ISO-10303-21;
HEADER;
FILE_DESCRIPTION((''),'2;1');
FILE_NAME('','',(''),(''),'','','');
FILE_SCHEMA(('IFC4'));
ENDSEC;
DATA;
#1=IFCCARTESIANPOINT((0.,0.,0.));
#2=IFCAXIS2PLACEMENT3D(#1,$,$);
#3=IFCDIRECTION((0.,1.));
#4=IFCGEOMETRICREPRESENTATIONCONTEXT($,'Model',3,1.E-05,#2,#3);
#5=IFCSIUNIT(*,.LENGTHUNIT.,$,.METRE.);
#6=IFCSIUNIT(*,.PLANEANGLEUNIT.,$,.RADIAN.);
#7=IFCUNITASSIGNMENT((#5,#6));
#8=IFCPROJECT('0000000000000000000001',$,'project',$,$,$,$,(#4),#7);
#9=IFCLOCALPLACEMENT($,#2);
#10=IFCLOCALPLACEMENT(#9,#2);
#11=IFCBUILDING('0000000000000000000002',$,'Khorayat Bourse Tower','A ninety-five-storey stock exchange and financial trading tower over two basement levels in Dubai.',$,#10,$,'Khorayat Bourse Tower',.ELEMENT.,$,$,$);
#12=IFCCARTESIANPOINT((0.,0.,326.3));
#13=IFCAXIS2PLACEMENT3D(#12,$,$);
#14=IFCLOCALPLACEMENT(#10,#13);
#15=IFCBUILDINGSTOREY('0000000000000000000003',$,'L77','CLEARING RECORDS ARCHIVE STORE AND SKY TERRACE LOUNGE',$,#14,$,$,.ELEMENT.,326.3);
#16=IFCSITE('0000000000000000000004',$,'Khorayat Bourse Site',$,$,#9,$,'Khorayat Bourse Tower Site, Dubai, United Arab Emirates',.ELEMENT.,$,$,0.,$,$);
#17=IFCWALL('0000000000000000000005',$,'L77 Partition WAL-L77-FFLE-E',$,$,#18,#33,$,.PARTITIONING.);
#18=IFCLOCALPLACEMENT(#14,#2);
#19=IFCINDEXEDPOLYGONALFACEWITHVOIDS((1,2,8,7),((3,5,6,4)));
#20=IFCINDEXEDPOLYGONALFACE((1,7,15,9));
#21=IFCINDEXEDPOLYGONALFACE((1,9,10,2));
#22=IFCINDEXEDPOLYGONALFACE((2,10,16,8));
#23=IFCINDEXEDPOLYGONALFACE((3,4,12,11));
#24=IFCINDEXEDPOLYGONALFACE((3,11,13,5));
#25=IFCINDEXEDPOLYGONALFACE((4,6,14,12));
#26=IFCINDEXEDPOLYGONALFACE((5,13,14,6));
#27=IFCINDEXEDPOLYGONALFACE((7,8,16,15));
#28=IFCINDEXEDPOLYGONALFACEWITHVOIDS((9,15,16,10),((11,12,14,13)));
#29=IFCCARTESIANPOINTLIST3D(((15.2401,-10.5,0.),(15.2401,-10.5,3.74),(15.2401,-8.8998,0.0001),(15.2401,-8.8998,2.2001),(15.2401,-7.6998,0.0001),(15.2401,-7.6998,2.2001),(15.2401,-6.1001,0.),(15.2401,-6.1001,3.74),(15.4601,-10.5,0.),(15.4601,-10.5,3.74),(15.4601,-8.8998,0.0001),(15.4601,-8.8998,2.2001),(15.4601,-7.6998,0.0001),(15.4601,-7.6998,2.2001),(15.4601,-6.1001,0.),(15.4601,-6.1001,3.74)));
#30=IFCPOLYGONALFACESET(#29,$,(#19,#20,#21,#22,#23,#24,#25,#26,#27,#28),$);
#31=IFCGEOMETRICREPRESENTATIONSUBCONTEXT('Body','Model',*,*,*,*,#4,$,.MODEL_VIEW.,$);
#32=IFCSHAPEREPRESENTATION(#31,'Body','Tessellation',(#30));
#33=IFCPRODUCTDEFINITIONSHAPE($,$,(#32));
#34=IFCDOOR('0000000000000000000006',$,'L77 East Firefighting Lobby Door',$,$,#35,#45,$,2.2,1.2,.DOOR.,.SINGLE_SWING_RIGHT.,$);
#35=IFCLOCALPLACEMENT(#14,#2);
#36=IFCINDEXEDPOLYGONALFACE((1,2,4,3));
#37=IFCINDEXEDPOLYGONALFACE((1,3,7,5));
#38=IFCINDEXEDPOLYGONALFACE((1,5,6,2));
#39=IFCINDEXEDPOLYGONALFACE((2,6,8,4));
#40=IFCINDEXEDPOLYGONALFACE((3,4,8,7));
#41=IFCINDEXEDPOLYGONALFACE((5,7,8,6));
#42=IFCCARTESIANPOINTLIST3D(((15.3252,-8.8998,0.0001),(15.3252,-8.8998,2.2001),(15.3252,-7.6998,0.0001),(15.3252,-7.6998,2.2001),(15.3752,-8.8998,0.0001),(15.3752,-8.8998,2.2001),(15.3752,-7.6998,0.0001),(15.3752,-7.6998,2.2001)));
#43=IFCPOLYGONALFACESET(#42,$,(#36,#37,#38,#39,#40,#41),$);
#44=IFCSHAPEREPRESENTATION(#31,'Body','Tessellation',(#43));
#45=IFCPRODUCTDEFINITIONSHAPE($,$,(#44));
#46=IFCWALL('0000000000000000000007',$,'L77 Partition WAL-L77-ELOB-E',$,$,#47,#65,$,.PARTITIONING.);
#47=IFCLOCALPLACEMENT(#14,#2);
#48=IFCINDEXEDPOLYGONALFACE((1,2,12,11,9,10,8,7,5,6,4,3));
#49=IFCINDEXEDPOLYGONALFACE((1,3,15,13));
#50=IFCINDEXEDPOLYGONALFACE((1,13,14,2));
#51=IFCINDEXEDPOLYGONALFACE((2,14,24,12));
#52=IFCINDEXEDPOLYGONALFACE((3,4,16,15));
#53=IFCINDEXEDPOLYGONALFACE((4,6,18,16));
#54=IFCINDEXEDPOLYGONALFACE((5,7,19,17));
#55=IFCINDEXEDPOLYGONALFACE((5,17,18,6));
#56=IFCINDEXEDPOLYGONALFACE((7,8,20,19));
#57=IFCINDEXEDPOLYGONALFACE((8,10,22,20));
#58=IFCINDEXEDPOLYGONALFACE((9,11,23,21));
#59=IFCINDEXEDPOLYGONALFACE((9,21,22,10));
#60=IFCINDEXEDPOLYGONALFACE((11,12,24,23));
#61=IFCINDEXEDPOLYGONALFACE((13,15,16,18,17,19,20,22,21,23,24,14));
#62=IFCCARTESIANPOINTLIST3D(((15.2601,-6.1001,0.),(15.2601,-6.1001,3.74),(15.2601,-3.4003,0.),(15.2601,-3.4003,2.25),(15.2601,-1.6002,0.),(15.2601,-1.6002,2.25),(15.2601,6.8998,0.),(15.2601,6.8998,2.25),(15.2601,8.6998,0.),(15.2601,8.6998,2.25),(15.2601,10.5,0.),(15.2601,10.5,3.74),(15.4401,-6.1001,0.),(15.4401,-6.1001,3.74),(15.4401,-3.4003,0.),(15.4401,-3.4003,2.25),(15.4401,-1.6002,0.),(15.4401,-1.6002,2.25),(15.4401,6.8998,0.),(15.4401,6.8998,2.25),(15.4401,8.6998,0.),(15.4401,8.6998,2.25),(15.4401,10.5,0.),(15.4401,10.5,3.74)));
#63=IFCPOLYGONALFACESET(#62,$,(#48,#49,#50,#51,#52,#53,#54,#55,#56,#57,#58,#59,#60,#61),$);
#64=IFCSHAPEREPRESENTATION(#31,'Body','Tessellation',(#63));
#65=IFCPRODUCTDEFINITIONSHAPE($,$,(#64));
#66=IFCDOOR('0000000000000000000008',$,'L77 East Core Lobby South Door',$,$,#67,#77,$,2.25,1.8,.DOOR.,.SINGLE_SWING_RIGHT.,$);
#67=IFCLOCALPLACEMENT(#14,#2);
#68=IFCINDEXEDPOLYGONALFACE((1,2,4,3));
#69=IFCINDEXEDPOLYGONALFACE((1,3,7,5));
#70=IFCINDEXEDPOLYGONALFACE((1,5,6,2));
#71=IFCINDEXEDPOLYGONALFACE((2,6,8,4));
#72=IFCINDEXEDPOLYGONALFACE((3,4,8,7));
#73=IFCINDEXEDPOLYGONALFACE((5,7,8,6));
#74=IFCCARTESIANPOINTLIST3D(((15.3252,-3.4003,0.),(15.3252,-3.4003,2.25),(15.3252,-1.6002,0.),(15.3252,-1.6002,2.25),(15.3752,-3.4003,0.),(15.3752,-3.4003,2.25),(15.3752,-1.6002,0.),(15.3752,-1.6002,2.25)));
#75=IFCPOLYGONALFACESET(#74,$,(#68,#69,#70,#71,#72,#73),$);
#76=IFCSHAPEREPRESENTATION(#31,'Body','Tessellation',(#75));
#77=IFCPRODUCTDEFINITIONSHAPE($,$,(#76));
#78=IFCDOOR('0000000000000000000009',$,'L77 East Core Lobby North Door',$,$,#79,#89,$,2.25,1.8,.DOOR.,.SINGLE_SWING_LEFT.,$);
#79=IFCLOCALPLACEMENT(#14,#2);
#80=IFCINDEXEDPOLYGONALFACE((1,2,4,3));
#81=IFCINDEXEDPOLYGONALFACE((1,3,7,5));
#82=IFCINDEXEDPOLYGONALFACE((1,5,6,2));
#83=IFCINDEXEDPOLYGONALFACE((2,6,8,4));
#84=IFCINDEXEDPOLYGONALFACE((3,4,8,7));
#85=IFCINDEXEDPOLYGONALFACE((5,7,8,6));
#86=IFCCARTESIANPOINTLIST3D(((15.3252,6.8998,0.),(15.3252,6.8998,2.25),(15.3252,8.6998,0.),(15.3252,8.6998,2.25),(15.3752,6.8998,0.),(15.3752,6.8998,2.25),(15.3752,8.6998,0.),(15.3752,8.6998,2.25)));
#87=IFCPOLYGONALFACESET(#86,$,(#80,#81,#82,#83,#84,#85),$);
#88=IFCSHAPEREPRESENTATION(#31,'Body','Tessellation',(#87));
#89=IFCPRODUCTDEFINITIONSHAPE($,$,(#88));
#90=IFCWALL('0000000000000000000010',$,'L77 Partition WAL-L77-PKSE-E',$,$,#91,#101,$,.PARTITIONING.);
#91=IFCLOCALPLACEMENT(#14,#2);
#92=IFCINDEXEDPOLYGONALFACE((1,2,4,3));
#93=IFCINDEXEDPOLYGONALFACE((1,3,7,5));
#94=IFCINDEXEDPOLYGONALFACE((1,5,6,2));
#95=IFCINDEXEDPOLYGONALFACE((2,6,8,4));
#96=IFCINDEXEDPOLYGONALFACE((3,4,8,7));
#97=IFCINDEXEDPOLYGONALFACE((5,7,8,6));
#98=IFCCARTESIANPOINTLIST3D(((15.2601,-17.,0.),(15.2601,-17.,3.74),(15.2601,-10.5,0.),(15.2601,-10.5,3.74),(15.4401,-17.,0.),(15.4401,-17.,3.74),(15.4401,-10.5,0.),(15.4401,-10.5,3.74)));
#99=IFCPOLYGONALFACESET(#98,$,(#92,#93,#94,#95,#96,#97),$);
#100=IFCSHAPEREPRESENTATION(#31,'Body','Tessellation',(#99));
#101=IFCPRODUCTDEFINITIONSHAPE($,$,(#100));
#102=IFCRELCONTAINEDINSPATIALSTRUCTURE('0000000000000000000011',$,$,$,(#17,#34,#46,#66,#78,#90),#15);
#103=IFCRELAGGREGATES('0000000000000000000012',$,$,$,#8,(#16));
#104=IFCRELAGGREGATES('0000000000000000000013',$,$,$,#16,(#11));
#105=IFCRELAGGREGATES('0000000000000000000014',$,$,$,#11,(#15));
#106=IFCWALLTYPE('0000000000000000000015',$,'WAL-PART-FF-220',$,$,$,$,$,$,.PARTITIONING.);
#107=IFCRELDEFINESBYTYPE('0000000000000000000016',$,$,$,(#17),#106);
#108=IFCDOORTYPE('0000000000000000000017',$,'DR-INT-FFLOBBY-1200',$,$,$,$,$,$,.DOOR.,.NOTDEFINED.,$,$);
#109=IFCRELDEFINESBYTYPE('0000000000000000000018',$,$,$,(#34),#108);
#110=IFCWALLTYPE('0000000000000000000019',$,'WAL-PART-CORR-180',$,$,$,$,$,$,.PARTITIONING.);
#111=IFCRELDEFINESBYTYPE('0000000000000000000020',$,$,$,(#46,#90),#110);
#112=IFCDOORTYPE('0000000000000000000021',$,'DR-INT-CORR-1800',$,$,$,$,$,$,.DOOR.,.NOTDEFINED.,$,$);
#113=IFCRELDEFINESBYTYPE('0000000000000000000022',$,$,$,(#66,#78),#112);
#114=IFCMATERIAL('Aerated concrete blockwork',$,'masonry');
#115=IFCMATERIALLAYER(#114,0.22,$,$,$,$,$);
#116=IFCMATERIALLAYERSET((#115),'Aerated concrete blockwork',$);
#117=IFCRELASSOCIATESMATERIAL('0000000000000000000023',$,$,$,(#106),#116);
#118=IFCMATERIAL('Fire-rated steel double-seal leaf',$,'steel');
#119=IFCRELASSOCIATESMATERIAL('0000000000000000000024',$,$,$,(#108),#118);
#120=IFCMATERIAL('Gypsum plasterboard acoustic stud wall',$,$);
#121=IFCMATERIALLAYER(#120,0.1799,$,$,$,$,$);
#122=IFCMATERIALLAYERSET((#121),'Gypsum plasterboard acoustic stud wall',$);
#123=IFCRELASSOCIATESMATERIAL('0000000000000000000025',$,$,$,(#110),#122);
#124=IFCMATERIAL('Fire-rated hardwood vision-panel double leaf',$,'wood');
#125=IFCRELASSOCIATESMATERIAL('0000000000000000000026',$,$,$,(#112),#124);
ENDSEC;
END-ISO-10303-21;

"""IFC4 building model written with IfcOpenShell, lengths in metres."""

from ifc_helpers import new_model, si_unit, direction, frame, frame_2d, origin, place, context, subcontext, project, spatial, rectangle, extrude, source, transform, mapped, material, layer, layer_set, type_object, element, fill, save


model = new_model("IFC4")

# Units and contexts
model_context = context("Model", 3, precision=1e-05, world=origin(), true_north=direction((0.0, 1.0)))
body_context = subcontext(model_context, "Body", "Model", "MODEL_VIEW")
ifc_project = project(units=[si_unit("LENGTHUNIT", "METRE"), si_unit("PLANEANGLEUNIT", "RADIAN")], contexts=[model_context])

# Site, building, storey
site_placement = place(None, origin())
site = spatial("IfcSite", under=ifc_project, at=site_placement, Name="Khorayat Bourse Site", LongName="Khorayat Bourse Tower Site, Dubai, United Arab Emirates", CompositionType="ELEMENT", RefElevation=0.0)
building_placement = place(site_placement, origin())
building = spatial("IfcBuilding", under=site, at=building_placement, Name="Khorayat Bourse Tower", Description="A ninety-five-storey stock exchange and financial trading tower over two basement levels in Dubai.", LongName="Khorayat Bourse Tower", CompositionType="ELEMENT")
storey_placement = place(building_placement, frame((0.0, 0.0, 326.3)))
storey = spatial("IfcBuildingStorey", under=building, at=storey_placement, Name="L77", Description="CLEARING RECORDS ARCHIVE STORE AND SKY TERRACE LOUNGE", CompositionType="ELEMENT", Elevation=326.3)

# Shared definitions
ifc_material_1 = material(Name="Aerated concrete blockwork", Category="masonry")
ifc_layer_1 = layer(ifc_material_1, 0.22)
ifc_layer_set_1 = layer_set([ifc_layer_1], Name="Aerated concrete blockwork")
wall_type_1 = type_object("IfcWallType", Name="WAL-PART-FF-220", PredefinedType="PARTITIONING", material=ifc_layer_set_1)

# Wall, opening, door
shared_shape_1 = source(origin(), body_context, "Body", "SweptSolid", [
    extrude(rectangle(XDim=4.3999, YDim=0.22, at=frame_2d((2.2, 0.0))), origin(), (0.0, 0.0, 1.0), 3.74),
])
wall_1_placement = place(storey_placement, frame((15.3501, -10.5, 0.0), z_axis=(0.0, 0.0, 1.0), x_axis=(0.0, 1.0, 0.0)))
wall_1 = element("IfcWall", 1, at=wall_1_placement, inside=storey, type_object=wall_type_1, Name="L77 Partition WAL-L77-FFLE-E", PredefinedType="PARTITIONING", context=body_context, shape_type="MappedRepresentation", body=[
    mapped(shared_shape_1, transform((0.0, 0.0, 0.0), scale=1.0)),
])
shared_shape_2 = source(origin(), body_context, "Body", "SweptSolid", [
    extrude(rectangle(XDim=1.2, YDim=2.2, at=frame_2d((0.6001, 1.1001))), frame((0.0, 0.1199, 0.0), z_axis=(0.0, -1.0, 0.0), x_axis=(1.0, 0.0, 0.0)), (0.0, 0.0, 1.0), 0.24),
])
opening_1_placement = place(wall_1_placement, frame((1.6001, 0.0, 0.0)))
opening_1 = element("IfcOpeningElement", 2, at=opening_1_placement, cuts=wall_1, PredefinedType="OPENING", context=body_context, shape_type="MappedRepresentation", body=[
    mapped(shared_shape_2, transform((0.0, 0.0, 0.0), scale=1.0)),
])
ifc_material_2 = material(Name="Fire-rated steel double-seal leaf", Category="steel")
door_type_1 = type_object("IfcDoorType", Name="DR-INT-FFLOBBY-1200", OperationType="NOTDEFINED", PredefinedType="DOOR", material=ifc_material_2)
shared_shape_3 = source(origin(), body_context, "Body", "SweptSolid", [
    extrude(rectangle(XDim=1.2, YDim=2.2, at=frame_2d((0.6001, 1.1001))), frame((0.0, 0.0249, 0.0), z_axis=(0.0, -1.0, 0.0), x_axis=(1.0, 0.0, 0.0)), (0.0, 0.0, 1.0), 0.05),
])
door_1_placement = place(opening_1_placement, origin())
door_1 = element("IfcDoor", 3, at=door_1_placement, inside=storey, type_object=door_type_1, Name="L77 East Firefighting Lobby Door", OperationType="SINGLE_SWING_RIGHT", OverallHeight=2.2, OverallWidth=1.2, PredefinedType="DOOR", context=body_context, shape_type="MappedRepresentation", body=[
    mapped(shared_shape_3, transform((0.0, 0.0, 0.0), scale=1.0)),
])
fill(opening_1, door_1)

# Wall, openings, doors
ifc_material_3 = material(Name="Gypsum plasterboard acoustic stud wall")
ifc_layer_2 = layer(ifc_material_3, 0.1799)
ifc_layer_set_2 = layer_set([ifc_layer_2], Name="Gypsum plasterboard acoustic stud wall")
wall_type_2 = type_object("IfcWallType", Name="WAL-PART-CORR-180", PredefinedType="PARTITIONING", material=ifc_layer_set_2)
shared_shape_4 = source(origin(), body_context, "Body", "SweptSolid", [
    extrude(rectangle(XDim=16.6001, YDim=0.1799, at=frame_2d((8.3, 0.0))), origin(), (0.0, 0.0, 1.0), 3.74),
])
wall_2_placement = place(storey_placement, frame((15.3501, -6.1001, 0.0), z_axis=(0.0, 0.0, 1.0), x_axis=(0.0, 1.0, 0.0)))
wall_2 = element("IfcWall", 4, at=wall_2_placement, inside=storey, type_object=wall_type_2, Name="L77 Partition WAL-L77-ELOB-E", PredefinedType="PARTITIONING", context=body_context, shape_type="MappedRepresentation", body=[
    mapped(shared_shape_4, transform((0.0, 0.0, 0.0), scale=1.0)),
])
shared_shape_5 = source(origin(), body_context, "Body", "SweptSolid", [
    extrude(rectangle(XDim=1.8, YDim=2.25, at=frame_2d((0.8999, 1.125))), frame((0.0, 0.0999, 0.0), z_axis=(0.0, -1.0, 0.0), x_axis=(1.0, 0.0, 0.0)), (0.0, 0.0, 1.0), 0.2),
])
opening_2_placement = place(wall_2_placement, frame((2.7, 0.0, 0.0)))
opening_2 = element("IfcOpeningElement", 5, at=opening_2_placement, cuts=wall_2, PredefinedType="OPENING", context=body_context, shape_type="MappedRepresentation", body=[
    mapped(shared_shape_5, transform((0.0, 0.0, 0.0), scale=1.0)),
])
opening_3_placement = place(wall_2_placement, frame((13.0, 0.0, 0.0)))
opening_3 = element("IfcOpeningElement", 6, at=opening_3_placement, cuts=wall_2, PredefinedType="OPENING", context=body_context, shape_type="MappedRepresentation", body=[
    mapped(shared_shape_5, transform((0.0, 0.0, 0.0), scale=1.0)),
])
ifc_material_4 = material(Name="Fire-rated hardwood vision-panel double leaf", Category="wood")
door_type_2 = type_object("IfcDoorType", Name="DR-INT-CORR-1800", OperationType="NOTDEFINED", PredefinedType="DOOR", material=ifc_material_4)
shared_shape_6 = source(origin(), body_context, "Body", "SweptSolid", [
    extrude(rectangle(XDim=1.8, YDim=2.25, at=frame_2d((0.8999, 1.125))), frame((0.0, 0.0249, 0.0), z_axis=(0.0, -1.0, 0.0), x_axis=(1.0, 0.0, 0.0)), (0.0, 0.0, 1.0), 0.05),
])
door_2_placement = place(opening_2_placement, origin())
door_2 = element("IfcDoor", 7, at=door_2_placement, inside=storey, type_object=door_type_2, Name="L77 East Core Lobby South Door", OperationType="SINGLE_SWING_RIGHT", OverallHeight=2.25, OverallWidth=1.8, PredefinedType="DOOR", context=body_context, shape_type="MappedRepresentation", body=[
    mapped(shared_shape_6, transform((0.0, 0.0, 0.0), scale=1.0)),
])
fill(opening_2, door_2)
door_3_placement = place(opening_3_placement, origin())
door_3 = element("IfcDoor", 8, at=door_3_placement, inside=storey, type_object=door_type_2, Name="L77 East Core Lobby North Door", OperationType="SINGLE_SWING_LEFT", OverallHeight=2.25, OverallWidth=1.8, PredefinedType="DOOR", context=body_context, shape_type="MappedRepresentation", body=[
    mapped(shared_shape_6, transform((0.0, 0.0, 0.0), scale=1.0)),
])
fill(opening_3, door_3)

# Wall
shared_shape_7 = source(origin(), body_context, "Body", "SweptSolid", [
    extrude(rectangle(XDim=6.5, YDim=0.1799, at=frame_2d((3.25, 0.0))), origin(), (0.0, 0.0, 1.0), 3.74),
])
wall_3_placement = place(storey_placement, frame((15.3501, -17.0, 0.0), z_axis=(0.0, 0.0, 1.0), x_axis=(0.0, 1.0, 0.0)))
element("IfcWall", 9, at=wall_3_placement, inside=storey, type_object=wall_type_2, Name="L77 Partition WAL-L77-PKSE-E", PredefinedType="PARTITIONING", context=body_context, shape_type="MappedRepresentation", body=[
    mapped(shared_shape_7, transform((0.0, 0.0, 0.0), scale=1.0)),
])

save(model, "model.ifc")
